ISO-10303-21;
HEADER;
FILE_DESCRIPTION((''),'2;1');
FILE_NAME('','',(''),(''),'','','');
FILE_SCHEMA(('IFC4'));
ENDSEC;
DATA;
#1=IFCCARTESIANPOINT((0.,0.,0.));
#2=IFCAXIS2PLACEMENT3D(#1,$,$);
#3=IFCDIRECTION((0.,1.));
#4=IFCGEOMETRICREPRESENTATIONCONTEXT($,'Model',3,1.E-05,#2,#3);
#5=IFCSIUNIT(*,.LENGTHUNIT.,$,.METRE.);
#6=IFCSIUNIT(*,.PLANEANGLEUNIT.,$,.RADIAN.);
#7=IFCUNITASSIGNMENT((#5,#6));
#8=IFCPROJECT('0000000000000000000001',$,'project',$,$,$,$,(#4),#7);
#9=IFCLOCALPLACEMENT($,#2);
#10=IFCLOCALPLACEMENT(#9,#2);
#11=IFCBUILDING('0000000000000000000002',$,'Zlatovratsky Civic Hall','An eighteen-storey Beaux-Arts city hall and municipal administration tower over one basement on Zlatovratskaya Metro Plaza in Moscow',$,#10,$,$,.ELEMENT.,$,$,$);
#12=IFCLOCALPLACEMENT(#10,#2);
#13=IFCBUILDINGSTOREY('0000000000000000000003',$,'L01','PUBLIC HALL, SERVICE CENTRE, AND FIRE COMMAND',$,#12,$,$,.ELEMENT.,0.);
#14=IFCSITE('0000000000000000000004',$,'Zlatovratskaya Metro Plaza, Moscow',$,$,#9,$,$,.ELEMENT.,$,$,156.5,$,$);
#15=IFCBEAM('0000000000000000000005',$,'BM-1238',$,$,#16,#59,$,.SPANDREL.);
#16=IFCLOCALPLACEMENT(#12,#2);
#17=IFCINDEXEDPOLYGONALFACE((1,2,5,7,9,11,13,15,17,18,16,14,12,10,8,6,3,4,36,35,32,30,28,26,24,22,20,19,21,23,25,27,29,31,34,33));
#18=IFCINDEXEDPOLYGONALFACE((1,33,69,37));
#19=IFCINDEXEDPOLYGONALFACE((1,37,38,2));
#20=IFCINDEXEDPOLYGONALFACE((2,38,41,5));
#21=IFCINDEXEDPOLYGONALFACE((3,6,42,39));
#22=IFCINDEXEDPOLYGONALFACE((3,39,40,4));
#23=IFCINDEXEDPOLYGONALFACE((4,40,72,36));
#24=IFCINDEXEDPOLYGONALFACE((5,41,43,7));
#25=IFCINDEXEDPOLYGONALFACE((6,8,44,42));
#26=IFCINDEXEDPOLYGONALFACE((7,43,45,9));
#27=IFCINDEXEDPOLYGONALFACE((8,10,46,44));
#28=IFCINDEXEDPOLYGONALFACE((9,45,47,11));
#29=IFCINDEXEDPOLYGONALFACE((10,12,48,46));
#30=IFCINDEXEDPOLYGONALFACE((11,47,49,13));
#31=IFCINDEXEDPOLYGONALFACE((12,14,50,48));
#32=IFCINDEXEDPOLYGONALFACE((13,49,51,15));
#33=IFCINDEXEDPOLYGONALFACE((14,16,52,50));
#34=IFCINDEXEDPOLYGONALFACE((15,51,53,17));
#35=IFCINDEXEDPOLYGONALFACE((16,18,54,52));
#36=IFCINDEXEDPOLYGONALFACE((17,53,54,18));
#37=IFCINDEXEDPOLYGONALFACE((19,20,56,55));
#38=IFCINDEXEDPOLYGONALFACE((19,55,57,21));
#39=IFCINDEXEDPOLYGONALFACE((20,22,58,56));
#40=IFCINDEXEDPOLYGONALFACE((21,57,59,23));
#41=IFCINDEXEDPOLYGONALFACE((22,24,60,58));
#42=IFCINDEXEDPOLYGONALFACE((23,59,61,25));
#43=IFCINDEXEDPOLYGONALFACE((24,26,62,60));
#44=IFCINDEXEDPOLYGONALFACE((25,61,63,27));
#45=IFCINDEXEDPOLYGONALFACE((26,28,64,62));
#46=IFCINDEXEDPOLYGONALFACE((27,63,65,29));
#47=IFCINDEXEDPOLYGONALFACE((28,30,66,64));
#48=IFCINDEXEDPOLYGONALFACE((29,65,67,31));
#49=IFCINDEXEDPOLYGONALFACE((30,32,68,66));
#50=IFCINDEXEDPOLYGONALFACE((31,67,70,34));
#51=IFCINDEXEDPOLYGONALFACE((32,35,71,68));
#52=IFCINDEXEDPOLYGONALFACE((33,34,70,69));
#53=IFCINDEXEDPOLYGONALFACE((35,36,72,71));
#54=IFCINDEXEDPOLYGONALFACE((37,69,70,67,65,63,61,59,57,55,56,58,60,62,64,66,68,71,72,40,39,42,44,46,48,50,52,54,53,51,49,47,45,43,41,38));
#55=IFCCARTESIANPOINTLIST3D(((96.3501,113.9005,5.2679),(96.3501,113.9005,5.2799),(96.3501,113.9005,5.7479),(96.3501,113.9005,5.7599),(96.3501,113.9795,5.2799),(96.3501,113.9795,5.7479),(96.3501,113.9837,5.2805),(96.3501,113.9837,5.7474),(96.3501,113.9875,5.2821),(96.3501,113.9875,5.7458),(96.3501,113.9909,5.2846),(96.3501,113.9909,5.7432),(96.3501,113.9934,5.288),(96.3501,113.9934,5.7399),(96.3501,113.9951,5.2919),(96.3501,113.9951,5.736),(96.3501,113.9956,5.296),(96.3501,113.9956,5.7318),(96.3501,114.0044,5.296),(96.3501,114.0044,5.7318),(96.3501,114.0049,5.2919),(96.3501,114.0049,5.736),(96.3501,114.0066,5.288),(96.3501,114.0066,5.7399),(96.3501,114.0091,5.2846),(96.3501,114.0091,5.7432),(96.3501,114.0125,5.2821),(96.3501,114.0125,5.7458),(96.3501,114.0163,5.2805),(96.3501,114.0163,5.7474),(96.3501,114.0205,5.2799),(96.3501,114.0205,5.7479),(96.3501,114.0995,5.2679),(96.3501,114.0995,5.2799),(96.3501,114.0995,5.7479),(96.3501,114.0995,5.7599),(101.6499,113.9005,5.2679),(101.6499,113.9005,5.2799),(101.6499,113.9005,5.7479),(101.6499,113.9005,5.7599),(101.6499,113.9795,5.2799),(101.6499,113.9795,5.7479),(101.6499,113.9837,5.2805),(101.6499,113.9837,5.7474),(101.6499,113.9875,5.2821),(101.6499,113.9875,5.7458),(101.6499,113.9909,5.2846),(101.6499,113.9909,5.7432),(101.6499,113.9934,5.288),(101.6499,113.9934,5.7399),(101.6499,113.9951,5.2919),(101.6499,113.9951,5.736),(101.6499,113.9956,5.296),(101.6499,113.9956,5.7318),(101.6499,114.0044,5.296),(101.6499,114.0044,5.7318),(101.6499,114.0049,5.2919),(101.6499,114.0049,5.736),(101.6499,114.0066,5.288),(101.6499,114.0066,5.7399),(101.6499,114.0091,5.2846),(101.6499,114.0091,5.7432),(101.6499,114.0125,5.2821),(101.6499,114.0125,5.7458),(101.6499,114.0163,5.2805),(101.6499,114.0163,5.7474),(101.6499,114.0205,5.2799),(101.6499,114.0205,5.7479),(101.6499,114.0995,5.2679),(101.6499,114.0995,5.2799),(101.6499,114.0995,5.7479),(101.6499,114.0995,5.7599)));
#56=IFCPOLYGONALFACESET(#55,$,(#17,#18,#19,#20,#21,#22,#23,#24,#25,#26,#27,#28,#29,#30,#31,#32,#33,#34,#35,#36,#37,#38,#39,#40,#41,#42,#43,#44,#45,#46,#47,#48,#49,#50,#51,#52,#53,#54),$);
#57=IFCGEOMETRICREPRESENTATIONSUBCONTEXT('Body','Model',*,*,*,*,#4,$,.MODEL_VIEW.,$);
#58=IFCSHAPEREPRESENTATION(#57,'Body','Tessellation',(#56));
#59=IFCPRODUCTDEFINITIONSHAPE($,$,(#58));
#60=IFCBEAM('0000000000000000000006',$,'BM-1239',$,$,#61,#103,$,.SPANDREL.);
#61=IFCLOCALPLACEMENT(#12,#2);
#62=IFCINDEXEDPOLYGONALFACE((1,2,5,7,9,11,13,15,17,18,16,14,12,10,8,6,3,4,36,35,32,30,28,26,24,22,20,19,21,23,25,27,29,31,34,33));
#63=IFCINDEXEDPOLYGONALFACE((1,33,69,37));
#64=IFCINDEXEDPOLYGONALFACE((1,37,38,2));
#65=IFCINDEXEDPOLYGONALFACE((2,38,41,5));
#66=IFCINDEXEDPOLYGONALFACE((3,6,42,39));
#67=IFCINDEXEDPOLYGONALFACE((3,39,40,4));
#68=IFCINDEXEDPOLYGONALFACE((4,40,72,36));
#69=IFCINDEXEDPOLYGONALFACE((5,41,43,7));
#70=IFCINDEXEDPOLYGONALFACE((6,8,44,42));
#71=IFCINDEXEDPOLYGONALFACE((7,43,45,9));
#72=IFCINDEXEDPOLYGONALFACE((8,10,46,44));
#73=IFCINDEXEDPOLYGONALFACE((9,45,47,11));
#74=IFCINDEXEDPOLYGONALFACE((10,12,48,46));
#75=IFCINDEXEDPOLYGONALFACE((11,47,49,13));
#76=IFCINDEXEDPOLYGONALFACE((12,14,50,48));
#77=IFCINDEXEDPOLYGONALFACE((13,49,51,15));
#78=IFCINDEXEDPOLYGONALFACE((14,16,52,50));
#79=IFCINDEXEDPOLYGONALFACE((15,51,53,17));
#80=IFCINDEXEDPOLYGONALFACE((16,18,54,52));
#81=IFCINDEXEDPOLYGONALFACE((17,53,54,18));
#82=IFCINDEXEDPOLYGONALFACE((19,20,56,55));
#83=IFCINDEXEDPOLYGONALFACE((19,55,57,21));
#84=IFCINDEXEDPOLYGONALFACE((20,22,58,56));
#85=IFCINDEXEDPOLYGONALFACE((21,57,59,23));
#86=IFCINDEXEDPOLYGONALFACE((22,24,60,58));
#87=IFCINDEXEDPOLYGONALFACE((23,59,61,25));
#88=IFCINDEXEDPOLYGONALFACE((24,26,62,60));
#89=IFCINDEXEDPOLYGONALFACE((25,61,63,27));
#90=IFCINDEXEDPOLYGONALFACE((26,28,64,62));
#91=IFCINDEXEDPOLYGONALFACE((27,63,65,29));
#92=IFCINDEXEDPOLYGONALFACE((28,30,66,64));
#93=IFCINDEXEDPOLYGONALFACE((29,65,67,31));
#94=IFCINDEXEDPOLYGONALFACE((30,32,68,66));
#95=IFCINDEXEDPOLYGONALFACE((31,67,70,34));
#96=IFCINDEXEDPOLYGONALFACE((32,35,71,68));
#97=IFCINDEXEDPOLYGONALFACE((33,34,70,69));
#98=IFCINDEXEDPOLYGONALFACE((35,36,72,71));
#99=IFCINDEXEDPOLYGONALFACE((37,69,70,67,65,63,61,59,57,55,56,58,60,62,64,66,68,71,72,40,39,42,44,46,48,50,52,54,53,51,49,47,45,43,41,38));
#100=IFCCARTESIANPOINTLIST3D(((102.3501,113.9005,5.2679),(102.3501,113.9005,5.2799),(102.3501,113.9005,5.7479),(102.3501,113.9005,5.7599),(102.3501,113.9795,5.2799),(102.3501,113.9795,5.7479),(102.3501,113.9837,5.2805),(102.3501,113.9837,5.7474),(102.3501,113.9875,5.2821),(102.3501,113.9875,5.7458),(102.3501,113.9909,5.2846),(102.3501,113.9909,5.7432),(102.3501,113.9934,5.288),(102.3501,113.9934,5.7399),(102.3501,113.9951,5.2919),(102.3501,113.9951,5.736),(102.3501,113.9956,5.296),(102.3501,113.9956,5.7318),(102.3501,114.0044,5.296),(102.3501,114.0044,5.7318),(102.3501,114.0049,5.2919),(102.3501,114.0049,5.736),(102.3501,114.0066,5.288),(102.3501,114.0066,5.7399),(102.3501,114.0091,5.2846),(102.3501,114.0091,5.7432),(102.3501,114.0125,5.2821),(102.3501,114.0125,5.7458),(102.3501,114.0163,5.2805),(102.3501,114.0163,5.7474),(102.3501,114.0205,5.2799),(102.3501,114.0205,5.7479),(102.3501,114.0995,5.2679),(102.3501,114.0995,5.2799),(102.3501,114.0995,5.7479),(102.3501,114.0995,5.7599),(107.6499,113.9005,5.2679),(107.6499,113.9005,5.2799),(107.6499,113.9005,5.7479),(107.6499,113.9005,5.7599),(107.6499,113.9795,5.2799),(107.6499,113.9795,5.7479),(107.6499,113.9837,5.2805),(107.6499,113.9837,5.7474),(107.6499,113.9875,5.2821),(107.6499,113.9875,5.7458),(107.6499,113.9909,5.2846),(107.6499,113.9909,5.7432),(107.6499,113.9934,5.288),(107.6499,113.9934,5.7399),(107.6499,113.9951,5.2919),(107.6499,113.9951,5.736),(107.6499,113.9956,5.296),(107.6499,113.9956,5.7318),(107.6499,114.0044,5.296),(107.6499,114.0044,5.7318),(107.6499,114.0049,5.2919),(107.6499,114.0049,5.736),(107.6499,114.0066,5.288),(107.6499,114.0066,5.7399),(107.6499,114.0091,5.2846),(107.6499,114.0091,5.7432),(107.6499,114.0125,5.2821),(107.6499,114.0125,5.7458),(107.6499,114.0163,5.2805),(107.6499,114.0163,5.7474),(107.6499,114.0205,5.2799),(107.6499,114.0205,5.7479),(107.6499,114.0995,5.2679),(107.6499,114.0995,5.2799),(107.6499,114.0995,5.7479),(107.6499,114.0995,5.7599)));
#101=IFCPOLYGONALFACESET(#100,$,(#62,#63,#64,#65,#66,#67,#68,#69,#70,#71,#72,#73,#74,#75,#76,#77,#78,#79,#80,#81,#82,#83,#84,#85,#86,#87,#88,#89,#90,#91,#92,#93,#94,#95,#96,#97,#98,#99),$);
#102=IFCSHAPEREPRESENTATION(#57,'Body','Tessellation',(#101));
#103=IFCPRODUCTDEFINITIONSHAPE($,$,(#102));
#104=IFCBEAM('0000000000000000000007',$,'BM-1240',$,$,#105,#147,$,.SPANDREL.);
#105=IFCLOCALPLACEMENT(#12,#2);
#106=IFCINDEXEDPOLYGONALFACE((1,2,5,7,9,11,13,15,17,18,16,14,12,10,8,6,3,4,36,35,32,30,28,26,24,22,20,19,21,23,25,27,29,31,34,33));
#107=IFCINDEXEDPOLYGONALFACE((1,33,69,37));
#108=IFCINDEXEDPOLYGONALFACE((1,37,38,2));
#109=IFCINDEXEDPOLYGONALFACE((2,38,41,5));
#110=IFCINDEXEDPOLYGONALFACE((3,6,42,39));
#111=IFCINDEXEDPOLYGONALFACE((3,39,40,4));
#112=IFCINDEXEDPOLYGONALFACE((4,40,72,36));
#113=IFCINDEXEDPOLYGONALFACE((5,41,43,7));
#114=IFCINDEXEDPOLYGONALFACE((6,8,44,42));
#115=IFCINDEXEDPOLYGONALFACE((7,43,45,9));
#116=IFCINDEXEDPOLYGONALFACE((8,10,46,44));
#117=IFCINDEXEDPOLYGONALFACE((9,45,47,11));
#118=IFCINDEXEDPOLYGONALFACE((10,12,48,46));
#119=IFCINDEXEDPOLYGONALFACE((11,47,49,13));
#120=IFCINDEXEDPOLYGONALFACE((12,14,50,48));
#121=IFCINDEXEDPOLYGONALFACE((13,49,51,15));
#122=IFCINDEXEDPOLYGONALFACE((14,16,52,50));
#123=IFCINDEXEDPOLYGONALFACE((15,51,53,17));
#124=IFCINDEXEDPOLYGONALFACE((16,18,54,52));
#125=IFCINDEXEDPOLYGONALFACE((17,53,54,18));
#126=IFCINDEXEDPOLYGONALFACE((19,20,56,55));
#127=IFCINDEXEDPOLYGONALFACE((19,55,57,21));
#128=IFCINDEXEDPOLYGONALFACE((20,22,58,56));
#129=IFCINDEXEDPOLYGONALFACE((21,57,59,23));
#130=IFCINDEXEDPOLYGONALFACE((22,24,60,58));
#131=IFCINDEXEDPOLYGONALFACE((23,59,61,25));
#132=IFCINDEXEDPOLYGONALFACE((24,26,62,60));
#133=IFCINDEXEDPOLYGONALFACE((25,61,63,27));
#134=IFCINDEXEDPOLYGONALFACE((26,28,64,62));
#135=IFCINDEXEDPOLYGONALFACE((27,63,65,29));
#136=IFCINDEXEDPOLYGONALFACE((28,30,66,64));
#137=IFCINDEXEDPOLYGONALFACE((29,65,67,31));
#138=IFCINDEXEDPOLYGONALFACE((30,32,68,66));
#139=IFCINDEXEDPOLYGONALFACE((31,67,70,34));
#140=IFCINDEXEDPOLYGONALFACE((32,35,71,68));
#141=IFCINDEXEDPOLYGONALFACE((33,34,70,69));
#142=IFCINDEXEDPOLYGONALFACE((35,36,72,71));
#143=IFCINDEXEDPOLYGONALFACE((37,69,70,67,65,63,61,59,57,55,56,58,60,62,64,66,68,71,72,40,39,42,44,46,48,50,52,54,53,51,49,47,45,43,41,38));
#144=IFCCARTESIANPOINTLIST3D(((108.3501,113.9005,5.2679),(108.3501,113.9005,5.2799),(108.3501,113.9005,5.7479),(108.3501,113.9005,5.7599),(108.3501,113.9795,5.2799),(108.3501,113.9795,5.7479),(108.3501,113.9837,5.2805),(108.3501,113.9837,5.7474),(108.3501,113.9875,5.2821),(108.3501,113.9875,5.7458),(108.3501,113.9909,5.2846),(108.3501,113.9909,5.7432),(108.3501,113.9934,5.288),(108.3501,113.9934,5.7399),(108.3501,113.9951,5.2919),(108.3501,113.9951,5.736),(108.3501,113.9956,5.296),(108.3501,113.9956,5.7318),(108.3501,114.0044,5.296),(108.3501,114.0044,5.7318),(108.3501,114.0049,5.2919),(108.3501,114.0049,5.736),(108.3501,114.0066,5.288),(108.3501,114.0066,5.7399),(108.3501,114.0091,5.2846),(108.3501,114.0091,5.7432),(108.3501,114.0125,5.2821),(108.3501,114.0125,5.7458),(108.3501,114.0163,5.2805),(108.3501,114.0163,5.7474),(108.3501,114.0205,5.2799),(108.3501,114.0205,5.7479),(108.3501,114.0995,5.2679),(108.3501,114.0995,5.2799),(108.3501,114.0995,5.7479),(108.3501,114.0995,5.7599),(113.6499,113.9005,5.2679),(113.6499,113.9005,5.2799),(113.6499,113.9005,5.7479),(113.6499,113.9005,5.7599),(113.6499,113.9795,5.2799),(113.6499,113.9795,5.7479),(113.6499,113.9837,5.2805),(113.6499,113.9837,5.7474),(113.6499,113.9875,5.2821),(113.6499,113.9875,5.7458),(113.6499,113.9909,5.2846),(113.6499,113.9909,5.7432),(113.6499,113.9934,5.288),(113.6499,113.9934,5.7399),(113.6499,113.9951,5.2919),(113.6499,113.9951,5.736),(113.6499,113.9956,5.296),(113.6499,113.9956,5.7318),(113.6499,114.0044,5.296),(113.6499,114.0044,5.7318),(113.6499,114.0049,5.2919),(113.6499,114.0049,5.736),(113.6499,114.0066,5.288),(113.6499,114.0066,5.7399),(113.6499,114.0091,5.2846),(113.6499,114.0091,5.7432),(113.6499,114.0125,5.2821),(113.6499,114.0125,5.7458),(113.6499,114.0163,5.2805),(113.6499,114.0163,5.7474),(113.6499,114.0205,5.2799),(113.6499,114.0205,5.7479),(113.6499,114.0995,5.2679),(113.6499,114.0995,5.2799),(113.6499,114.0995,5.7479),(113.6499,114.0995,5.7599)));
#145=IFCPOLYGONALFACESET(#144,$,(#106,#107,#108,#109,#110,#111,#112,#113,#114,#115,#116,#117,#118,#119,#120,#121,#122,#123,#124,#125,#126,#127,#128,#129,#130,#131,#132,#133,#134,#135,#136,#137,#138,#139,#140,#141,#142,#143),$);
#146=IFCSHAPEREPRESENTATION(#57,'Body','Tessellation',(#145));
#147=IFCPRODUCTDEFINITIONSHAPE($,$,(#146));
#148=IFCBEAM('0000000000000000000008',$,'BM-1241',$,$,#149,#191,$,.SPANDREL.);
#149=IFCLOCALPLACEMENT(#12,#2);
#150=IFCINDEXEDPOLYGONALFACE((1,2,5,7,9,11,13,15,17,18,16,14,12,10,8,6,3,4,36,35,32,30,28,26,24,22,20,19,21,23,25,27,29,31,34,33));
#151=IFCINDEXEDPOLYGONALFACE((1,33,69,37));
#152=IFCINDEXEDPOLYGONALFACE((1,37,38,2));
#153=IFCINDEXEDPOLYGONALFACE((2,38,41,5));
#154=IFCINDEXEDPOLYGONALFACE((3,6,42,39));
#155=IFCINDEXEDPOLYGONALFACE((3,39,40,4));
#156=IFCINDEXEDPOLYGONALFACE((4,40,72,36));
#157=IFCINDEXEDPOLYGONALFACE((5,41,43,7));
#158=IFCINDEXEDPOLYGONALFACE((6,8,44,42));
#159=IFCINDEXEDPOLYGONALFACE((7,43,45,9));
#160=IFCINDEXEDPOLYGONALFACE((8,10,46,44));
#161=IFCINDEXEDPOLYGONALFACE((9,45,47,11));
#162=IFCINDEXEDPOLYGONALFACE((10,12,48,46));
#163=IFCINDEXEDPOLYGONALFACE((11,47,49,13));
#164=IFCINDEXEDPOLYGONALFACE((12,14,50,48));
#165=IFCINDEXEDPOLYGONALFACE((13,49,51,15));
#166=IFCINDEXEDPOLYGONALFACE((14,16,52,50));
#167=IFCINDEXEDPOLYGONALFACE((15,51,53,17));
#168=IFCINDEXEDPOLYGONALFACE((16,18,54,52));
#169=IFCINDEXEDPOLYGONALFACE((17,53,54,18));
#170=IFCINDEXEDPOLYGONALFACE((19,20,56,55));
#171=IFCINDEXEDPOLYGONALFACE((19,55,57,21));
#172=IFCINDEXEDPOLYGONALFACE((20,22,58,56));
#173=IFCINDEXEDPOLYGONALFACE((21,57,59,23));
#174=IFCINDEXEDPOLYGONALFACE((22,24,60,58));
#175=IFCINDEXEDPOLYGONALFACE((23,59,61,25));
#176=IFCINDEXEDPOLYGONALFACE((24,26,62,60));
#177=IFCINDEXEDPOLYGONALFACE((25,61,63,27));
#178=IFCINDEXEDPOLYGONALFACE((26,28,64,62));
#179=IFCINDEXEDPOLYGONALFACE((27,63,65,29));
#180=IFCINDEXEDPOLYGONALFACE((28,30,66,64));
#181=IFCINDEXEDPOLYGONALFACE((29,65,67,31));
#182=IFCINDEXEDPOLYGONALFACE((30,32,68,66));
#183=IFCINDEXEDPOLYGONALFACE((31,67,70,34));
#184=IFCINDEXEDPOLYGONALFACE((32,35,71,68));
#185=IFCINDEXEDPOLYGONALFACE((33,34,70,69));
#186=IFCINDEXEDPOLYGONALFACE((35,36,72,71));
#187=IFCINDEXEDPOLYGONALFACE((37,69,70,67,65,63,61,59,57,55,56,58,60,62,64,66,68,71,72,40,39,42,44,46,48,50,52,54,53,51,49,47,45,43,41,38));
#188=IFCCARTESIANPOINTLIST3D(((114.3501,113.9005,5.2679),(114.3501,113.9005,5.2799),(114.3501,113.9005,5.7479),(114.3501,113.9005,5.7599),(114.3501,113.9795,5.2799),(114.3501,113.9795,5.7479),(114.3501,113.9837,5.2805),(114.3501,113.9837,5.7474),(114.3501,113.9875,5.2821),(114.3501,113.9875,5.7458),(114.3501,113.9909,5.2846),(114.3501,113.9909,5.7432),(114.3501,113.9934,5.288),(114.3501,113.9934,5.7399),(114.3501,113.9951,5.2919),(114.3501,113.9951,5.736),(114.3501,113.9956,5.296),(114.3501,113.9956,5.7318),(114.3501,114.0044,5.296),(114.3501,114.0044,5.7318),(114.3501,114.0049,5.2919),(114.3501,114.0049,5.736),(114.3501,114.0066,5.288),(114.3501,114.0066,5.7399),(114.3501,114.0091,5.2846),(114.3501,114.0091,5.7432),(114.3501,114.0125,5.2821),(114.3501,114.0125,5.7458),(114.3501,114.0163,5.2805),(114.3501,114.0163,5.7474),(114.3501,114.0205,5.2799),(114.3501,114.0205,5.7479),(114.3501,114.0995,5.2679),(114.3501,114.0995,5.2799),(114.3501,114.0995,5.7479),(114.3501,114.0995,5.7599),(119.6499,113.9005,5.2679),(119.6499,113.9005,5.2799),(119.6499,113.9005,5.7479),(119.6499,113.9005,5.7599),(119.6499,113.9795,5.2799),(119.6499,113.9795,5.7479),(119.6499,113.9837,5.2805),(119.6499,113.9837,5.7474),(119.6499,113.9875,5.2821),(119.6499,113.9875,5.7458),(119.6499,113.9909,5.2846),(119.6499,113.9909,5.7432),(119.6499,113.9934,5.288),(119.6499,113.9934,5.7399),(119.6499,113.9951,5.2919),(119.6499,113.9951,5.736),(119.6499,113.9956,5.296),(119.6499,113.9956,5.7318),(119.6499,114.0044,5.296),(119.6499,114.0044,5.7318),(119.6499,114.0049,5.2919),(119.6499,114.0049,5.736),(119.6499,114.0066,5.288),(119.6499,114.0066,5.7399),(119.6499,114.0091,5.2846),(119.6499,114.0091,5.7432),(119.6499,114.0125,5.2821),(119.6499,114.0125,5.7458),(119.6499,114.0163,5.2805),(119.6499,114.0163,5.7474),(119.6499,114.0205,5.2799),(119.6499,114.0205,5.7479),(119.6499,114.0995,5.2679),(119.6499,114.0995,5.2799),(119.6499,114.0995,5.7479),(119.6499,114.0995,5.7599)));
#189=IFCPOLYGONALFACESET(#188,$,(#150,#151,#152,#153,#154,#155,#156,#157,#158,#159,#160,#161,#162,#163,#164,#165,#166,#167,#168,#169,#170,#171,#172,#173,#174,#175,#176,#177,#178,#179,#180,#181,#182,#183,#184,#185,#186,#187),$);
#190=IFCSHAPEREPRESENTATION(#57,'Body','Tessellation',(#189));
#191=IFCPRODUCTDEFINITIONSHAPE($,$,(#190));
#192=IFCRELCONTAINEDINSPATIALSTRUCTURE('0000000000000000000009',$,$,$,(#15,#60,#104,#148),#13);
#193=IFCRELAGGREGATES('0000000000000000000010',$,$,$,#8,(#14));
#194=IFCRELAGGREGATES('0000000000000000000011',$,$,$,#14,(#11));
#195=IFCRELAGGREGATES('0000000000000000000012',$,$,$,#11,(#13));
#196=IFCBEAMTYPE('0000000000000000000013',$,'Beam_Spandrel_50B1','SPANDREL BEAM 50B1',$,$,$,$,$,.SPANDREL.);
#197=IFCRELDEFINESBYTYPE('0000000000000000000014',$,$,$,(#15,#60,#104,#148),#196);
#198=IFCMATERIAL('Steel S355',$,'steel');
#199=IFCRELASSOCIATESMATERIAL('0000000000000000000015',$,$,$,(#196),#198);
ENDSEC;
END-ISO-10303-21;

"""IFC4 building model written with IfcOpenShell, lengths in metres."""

from ifc_helpers import new_model, si_unit, direction, frame, origin, origin_2d, place, context, subcontext, project, spatial, i_section, extrude, material, material_profile, profile_set, type_object, element, save


model = new_model("IFC4")

# Units and contexts
model_context = context("Model", 3, precision=1e-05, world=origin(), true_north=direction((0.0, 1.0)))
body_context = subcontext(model_context, "Body", "Model", "MODEL_VIEW")
ifc_project = project(units=[si_unit("LENGTHUNIT", "METRE"), si_unit("PLANEANGLEUNIT", "RADIAN")], contexts=[model_context])

# Site, building, storey
site_placement = place(None, origin())
site = spatial("IfcSite", under=ifc_project, at=site_placement, Name="Zlatovratskaya Metro Plaza, Moscow", CompositionType="ELEMENT", RefElevation=156.5)
building_placement = place(site_placement, origin())
building = spatial("IfcBuilding", under=site, at=building_placement, Name="Zlatovratsky Civic Hall", Description="An eighteen-storey Beaux-Arts city hall and municipal administration tower over one basement on Zlatovratskaya Metro Plaza in Moscow", CompositionType="ELEMENT")
storey_placement = place(building_placement, origin())
storey = spatial("IfcBuildingStorey", under=building, at=storey_placement, Name="L01", Description="PUBLIC HALL, SERVICE CENTRE, AND FIRE COMMAND", CompositionType="ELEMENT", Elevation=0.0)

# Shared definitions
ifc_material_1 = material(Name="Steel S355", Category="steel")

# Beams
ifc_material_profile_1 = material_profile(ifc_material_1, i_section(OverallWidth=0.199, OverallDepth=0.4919, WebThickness=0.0088, FlangeThickness=0.012, FilletRadius=0.0161, at=origin_2d()), Name="50B1")
ifc_profile_set_1 = profile_set([ifc_material_profile_1], Name="Steel S355")
beam_type_1 = type_object("IfcBeamType", Name="Beam_Spandrel_50B1", Description="SPANDREL BEAM 50B1", PredefinedType="SPANDREL", material=ifc_profile_set_1)
for number, where, z_axis, x_axis, name in (
    (1, (96.3501, 114.0, 5.5139), (1.0, 0.0, 0.0), (0.0, 1.0, 0.0), "BM-1238"),
    (2, (102.3501, 114.0, 5.5139), (1.0, 0.0, 0.0), (0.0, 1.0, 0.0), "BM-1239"),
    (3, (108.3501, 114.0, 5.5139), (1.0, 0.0, 0.0), (0.0, 1.0, 0.0), "BM-1240"),
    (4, (114.3501, 114.0, 5.5139), (1.0, 0.0, 0.0), (0.0, 1.0, 0.0), "BM-1241"),
):
    element("IfcBeam", number, at=place(storey_placement, frame(where, z_axis=z_axis, x_axis=x_axis)), inside=storey, type_object=beam_type_1, Name=name, PredefinedType="SPANDREL", context=body_context, shape_type="SweptSolid", body=[
        extrude(i_section(OverallWidth=0.199, OverallDepth=0.4919, WebThickness=0.0088, FlangeThickness=0.012, FilletRadius=0.0161, at=origin_2d()), origin(), (0.0, 0.0, 1.0), 5.2998),
    ])

save(model, "model.ifc")
